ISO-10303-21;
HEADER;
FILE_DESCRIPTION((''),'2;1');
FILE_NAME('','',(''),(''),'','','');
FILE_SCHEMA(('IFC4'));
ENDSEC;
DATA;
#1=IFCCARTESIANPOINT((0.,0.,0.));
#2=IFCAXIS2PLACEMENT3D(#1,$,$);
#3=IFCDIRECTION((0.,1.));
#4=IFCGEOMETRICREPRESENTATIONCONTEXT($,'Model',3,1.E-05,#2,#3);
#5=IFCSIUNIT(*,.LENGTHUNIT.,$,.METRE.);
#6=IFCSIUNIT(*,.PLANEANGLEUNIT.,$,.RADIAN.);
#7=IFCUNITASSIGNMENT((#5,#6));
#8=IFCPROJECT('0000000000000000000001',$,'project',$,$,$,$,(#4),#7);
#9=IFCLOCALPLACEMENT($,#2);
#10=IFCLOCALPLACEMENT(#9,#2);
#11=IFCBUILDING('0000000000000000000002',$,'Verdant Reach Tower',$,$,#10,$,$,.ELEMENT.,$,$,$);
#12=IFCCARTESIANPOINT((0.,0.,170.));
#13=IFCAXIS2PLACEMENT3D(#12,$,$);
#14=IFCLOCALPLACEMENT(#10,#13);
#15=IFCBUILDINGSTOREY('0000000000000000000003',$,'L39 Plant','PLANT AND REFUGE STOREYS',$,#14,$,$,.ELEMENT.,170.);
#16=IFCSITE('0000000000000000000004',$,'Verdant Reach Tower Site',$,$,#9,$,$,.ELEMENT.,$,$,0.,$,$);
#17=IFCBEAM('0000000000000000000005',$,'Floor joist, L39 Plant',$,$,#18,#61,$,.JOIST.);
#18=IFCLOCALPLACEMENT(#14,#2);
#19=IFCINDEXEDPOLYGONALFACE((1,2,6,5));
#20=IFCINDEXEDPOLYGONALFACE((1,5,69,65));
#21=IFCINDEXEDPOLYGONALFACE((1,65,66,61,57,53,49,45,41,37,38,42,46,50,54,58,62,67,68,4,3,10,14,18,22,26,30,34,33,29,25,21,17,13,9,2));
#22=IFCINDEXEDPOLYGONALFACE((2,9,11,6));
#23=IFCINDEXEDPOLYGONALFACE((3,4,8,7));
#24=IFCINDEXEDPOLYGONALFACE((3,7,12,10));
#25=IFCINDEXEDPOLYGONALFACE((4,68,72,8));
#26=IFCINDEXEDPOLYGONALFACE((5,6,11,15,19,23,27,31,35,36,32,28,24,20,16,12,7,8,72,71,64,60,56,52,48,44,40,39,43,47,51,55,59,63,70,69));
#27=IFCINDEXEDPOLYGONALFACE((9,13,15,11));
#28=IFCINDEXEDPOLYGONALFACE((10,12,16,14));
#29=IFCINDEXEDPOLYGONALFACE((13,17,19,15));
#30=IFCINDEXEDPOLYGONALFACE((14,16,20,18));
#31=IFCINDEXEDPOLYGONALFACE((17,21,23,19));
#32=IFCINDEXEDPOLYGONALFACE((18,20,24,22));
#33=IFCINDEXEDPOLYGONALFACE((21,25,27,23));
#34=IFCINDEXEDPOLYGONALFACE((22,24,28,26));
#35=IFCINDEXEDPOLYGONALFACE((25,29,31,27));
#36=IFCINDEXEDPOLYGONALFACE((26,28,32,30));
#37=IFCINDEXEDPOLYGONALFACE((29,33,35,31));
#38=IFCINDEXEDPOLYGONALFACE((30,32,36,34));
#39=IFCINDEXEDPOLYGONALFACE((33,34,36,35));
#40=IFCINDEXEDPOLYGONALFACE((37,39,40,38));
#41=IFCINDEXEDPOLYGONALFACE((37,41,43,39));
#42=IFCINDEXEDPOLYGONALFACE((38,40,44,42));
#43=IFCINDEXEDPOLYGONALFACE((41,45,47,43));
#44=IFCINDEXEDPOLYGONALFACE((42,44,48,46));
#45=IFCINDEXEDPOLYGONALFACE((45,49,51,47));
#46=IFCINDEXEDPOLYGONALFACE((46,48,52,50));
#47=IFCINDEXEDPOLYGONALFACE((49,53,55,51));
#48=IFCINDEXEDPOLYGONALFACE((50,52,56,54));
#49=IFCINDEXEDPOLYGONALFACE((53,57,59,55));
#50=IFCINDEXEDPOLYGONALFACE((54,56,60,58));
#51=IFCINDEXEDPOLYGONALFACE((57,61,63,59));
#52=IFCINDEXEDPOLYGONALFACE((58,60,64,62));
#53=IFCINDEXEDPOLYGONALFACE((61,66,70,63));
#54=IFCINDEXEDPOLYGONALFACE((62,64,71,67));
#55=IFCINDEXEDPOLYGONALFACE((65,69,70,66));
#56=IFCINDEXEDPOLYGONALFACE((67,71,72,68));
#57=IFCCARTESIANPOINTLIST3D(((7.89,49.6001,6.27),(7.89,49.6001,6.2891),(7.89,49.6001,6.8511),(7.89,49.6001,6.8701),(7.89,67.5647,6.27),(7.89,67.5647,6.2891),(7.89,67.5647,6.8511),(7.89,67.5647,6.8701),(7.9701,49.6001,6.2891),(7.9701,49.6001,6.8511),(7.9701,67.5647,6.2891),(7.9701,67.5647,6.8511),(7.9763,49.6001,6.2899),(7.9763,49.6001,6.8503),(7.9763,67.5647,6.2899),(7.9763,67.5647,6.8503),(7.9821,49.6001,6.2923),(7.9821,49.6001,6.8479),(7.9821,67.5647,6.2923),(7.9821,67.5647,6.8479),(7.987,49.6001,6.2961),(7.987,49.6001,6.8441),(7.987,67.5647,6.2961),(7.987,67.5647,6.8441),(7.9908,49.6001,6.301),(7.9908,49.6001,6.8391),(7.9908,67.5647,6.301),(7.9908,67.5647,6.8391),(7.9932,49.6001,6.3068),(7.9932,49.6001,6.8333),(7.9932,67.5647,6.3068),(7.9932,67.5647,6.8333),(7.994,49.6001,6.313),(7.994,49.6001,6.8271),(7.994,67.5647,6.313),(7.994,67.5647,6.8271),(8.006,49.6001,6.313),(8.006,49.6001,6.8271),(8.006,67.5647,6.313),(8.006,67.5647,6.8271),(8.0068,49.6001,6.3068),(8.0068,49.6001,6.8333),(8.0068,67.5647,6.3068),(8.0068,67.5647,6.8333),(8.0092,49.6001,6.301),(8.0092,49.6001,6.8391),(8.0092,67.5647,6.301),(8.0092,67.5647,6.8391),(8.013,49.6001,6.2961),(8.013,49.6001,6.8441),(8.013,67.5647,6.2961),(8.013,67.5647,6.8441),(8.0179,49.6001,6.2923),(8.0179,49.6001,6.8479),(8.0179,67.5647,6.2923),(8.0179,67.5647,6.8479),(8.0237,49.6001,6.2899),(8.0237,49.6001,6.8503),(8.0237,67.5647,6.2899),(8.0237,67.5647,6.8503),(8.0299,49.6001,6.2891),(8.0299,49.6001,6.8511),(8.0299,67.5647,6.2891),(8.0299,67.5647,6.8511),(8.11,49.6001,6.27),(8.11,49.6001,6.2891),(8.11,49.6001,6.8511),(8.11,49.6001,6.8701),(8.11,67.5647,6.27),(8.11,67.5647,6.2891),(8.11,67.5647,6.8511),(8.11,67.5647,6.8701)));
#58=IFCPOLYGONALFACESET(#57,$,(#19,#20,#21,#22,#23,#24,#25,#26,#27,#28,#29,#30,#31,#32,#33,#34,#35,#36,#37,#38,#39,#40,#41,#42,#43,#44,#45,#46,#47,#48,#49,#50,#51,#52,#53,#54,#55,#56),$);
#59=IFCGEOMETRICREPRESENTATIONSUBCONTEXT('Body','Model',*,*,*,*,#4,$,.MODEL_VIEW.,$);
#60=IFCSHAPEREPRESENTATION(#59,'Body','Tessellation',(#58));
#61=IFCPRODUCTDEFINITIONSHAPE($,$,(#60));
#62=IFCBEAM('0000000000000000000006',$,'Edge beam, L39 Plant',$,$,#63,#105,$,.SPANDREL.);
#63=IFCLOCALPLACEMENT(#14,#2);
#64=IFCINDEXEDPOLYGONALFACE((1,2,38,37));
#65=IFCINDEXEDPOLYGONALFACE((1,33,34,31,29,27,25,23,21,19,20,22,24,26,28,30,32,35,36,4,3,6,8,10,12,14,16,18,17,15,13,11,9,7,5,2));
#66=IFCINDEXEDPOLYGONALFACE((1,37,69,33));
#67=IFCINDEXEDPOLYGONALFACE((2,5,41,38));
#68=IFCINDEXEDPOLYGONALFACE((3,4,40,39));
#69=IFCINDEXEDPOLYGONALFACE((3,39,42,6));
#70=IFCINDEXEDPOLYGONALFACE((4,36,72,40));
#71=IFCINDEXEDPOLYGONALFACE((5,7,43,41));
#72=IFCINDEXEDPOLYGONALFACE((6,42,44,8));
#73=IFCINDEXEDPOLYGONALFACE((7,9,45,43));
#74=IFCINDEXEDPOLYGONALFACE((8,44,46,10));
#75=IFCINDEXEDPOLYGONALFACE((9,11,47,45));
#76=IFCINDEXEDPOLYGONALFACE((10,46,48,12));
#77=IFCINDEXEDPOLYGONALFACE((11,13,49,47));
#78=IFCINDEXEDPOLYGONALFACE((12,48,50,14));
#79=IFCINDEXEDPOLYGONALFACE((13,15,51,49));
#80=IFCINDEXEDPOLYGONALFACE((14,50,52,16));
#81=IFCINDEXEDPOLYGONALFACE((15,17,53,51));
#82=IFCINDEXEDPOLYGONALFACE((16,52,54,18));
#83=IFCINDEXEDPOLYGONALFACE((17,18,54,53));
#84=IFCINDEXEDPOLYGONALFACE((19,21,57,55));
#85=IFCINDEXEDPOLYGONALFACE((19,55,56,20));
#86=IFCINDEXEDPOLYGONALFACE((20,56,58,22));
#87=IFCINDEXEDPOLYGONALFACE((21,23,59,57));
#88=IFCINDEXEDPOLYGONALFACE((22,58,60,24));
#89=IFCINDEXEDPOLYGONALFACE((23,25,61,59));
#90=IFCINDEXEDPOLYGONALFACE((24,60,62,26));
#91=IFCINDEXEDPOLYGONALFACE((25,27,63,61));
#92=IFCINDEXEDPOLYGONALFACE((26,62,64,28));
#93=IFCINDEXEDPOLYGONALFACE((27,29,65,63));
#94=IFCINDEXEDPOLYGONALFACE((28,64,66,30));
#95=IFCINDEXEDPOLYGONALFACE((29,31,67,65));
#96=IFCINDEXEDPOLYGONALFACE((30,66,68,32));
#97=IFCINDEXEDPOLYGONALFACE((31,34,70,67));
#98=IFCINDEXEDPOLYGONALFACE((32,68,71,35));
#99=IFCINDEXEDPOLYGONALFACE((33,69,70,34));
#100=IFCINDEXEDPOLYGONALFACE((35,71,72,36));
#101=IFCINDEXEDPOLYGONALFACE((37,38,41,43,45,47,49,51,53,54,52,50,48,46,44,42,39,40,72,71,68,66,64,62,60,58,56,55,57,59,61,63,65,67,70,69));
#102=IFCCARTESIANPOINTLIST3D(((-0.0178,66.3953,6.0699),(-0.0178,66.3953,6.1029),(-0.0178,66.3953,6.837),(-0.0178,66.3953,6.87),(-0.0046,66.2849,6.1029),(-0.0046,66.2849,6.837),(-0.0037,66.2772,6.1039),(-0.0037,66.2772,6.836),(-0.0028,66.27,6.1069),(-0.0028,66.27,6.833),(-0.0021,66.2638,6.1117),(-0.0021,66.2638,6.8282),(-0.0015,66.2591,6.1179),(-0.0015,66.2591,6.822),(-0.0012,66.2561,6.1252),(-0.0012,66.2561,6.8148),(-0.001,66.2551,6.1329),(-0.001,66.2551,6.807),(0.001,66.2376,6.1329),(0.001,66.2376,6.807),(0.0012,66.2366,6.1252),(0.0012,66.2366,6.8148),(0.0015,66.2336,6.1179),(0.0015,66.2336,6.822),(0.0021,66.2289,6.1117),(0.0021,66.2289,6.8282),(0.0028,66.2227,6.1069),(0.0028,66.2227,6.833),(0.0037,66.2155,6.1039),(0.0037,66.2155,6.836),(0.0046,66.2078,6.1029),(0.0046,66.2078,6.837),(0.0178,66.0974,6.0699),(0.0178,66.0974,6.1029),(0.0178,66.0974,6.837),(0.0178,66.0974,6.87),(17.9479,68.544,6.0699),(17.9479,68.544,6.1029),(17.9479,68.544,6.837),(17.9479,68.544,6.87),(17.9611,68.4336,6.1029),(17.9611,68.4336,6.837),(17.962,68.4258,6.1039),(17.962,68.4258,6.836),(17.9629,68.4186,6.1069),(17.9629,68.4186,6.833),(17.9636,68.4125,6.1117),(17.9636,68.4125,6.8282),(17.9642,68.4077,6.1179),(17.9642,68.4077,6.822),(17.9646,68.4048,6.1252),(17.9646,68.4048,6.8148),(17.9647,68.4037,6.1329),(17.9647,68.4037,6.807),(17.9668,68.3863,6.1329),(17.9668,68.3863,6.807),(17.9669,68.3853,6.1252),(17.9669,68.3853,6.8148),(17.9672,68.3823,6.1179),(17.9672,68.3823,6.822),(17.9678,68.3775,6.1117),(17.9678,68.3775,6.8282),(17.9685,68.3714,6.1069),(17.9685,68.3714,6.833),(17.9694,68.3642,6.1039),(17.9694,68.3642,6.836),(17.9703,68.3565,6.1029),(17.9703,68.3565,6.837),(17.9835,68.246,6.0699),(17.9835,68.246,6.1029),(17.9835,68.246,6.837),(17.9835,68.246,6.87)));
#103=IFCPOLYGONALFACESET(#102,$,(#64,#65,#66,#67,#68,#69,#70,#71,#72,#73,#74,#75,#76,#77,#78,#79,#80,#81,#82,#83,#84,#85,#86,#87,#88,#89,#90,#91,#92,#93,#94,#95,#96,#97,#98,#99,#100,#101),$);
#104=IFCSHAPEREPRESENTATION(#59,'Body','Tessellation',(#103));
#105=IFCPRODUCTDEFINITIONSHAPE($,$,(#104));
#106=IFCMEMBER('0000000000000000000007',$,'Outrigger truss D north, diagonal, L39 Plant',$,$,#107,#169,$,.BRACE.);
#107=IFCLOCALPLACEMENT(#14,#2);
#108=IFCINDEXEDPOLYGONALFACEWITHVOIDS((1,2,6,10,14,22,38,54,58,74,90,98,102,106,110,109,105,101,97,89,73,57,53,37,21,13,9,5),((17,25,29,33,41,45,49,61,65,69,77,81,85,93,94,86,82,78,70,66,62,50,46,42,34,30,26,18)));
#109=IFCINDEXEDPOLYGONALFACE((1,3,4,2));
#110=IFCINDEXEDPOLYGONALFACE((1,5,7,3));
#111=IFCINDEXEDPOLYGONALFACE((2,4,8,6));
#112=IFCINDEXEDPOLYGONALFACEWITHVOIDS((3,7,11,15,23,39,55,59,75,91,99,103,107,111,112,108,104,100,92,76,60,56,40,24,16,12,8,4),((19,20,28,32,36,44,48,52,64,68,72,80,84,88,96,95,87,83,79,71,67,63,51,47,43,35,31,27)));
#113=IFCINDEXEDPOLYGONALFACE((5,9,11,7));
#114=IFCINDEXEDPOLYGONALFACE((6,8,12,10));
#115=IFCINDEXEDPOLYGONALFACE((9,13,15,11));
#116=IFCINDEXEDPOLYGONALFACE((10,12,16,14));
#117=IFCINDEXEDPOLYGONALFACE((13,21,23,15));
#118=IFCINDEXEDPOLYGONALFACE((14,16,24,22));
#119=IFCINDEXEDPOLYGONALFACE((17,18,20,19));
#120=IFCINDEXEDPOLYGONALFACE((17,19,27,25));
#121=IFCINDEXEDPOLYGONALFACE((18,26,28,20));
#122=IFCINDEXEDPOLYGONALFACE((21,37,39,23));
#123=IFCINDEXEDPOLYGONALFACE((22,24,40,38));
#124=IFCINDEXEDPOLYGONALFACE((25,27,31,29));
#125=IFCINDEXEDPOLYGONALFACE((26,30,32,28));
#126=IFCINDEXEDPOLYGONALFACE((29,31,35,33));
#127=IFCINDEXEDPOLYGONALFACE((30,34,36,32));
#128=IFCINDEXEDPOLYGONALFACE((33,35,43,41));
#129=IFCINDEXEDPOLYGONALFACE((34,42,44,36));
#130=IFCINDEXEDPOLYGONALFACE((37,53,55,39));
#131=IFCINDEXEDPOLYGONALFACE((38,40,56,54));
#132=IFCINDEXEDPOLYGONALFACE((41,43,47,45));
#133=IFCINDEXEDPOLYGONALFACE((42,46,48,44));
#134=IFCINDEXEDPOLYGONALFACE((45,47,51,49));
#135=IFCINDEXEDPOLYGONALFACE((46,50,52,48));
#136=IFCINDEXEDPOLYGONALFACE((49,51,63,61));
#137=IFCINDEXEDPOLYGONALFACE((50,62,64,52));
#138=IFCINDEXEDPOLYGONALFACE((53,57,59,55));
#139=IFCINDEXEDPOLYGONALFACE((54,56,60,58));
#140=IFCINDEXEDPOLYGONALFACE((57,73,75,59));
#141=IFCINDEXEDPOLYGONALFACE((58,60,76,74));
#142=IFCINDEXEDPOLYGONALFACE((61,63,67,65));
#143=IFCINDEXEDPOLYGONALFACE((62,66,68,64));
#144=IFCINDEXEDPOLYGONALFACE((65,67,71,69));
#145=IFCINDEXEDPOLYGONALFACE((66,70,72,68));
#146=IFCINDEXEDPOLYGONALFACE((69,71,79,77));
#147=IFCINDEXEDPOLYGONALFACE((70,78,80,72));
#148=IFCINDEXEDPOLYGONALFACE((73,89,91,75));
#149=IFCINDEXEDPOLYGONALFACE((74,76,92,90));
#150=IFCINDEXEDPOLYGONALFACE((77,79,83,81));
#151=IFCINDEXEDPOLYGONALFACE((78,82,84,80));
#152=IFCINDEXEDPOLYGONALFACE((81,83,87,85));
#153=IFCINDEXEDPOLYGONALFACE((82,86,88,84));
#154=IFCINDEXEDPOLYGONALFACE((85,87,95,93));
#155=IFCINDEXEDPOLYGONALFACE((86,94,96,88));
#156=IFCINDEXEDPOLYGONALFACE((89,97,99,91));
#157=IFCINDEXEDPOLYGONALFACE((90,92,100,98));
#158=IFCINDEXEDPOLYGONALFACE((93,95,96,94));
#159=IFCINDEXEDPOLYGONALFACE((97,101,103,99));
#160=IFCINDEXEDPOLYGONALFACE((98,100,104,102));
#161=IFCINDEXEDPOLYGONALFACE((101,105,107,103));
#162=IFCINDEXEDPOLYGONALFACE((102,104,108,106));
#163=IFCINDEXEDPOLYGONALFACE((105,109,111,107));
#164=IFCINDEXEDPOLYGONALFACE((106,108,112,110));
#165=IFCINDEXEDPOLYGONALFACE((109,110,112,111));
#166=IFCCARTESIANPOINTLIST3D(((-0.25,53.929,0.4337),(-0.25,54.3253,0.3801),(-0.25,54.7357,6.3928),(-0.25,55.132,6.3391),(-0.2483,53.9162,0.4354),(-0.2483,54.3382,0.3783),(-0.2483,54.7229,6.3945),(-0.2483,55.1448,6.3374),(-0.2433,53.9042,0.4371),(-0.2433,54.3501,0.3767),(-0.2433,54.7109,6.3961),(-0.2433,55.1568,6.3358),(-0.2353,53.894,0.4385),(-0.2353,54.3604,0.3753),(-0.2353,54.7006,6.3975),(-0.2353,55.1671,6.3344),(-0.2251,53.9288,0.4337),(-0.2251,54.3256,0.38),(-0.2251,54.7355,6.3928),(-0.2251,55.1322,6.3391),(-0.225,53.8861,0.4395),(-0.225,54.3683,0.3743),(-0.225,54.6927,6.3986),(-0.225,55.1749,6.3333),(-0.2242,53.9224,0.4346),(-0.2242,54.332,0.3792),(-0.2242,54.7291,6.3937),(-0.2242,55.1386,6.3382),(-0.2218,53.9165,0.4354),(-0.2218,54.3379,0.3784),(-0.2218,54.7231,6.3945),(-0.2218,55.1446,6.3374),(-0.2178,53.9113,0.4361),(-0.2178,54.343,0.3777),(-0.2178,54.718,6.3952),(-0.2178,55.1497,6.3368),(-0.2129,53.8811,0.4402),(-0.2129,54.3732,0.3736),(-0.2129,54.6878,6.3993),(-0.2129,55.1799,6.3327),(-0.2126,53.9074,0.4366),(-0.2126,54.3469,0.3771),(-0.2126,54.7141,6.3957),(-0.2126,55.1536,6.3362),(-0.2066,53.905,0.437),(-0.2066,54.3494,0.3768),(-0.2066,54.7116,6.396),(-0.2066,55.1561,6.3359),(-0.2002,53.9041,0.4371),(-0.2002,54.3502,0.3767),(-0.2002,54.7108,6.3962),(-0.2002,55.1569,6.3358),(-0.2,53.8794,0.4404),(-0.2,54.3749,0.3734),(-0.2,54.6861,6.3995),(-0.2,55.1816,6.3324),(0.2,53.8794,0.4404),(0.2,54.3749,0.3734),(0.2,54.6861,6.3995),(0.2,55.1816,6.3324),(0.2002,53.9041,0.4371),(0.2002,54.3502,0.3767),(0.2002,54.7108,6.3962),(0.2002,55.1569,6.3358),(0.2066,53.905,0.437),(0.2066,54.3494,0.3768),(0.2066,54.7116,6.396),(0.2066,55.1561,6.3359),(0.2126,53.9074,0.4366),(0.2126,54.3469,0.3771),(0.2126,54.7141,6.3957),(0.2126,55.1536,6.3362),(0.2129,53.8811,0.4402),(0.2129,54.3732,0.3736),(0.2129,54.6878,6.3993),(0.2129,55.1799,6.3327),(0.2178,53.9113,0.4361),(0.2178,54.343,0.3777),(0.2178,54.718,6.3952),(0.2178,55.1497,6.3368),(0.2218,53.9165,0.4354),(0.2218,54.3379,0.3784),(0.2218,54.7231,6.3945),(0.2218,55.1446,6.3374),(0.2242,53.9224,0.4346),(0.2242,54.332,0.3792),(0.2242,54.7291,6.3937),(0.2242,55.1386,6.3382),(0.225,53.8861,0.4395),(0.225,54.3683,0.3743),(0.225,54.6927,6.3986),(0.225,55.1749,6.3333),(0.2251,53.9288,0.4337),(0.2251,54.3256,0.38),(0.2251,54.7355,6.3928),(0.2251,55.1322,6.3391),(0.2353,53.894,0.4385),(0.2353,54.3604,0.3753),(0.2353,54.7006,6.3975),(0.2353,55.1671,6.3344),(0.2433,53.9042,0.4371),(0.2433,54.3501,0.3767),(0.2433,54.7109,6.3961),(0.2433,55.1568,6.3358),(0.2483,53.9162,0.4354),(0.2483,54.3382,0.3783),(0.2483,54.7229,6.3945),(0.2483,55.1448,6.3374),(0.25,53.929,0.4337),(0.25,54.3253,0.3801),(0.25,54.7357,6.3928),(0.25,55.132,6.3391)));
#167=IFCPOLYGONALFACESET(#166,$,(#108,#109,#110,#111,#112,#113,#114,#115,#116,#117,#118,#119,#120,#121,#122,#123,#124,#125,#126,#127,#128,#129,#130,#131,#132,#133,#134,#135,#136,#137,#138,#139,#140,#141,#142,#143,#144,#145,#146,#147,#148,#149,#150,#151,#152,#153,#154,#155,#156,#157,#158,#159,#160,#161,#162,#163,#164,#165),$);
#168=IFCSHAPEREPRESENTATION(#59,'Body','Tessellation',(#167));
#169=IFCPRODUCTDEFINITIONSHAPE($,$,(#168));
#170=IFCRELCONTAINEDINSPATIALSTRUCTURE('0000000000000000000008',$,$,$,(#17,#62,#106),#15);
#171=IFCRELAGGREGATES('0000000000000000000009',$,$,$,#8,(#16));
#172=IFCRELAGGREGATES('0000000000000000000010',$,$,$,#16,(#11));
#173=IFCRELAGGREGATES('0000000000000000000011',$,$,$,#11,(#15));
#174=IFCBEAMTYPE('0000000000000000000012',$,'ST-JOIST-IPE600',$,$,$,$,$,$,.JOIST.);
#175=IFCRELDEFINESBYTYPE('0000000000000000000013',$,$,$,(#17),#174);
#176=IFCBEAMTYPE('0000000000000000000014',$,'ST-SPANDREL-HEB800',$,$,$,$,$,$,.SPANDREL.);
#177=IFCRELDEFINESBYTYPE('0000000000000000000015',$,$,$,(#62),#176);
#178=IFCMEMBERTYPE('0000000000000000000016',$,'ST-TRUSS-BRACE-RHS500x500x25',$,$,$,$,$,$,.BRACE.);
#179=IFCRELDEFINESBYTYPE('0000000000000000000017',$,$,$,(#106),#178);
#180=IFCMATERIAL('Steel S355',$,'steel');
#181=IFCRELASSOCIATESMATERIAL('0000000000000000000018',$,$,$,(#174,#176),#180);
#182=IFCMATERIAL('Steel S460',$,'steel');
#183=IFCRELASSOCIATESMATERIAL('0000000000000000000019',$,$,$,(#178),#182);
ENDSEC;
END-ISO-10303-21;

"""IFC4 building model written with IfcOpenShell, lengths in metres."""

from ifc_helpers import new_model, si_unit, direction, frame, origin, origin_2d, place, context, subcontext, project, spatial, hollow_rectangle, i_section, extrude, material, material_profile, profile_set, type_object, element, save


model = new_model("IFC4")

# Units and contexts
model_context = context("Model", 3, precision=1e-05, world=origin(), true_north=direction((0.0, 1.0)))
body_context = subcontext(model_context, "Body", "Model", "MODEL_VIEW")
ifc_project = project(units=[si_unit("LENGTHUNIT", "METRE"), si_unit("PLANEANGLEUNIT", "RADIAN")], contexts=[model_context])

# Site, building, storey
site_placement = place(None, origin())
site = spatial("IfcSite", under=ifc_project, at=site_placement, Name="Verdant Reach Tower Site", CompositionType="ELEMENT", RefElevation=0.0)
building_placement = place(site_placement, origin())
building = spatial("IfcBuilding", under=site, at=building_placement, Name="Verdant Reach Tower", CompositionType="ELEMENT")
storey_placement = place(building_placement, frame((0.0, 0.0, 170.0)))
storey = spatial("IfcBuildingStorey", under=building, at=storey_placement, Name="L39 Plant", Description="PLANT AND REFUGE STOREYS", CompositionType="ELEMENT", Elevation=170.0)

# Shared definitions
ifc_material_1 = material(Name="Steel S460", Category="steel")

# Beams
ifc_material_2 = material(Name="Steel S355", Category="steel")
ifc_material_profile_1 = material_profile(ifc_material_2, i_section(OverallWidth=0.22, OverallDepth=0.6001, WebThickness=0.012, FlangeThickness=0.019, FilletRadius=0.0239, at=origin_2d()), Name="IPE 600")
ifc_profile_set_1 = profile_set([ifc_material_profile_1], Name="Steel S355")
beam_type_1 = type_object("IfcBeamType", Name="ST-JOIST-IPE600", PredefinedType="JOIST", material=ifc_profile_set_1)
beam_1_placement = place(storey_placement, frame((8.0, 49.6001, 6.5701), z_axis=(0.0, 1.0, 0.0), x_axis=(-1.0, 0.0, 0.0)))
element("IfcBeam", 1, at=beam_1_placement, inside=storey, type_object=beam_type_1, Name="Floor joist, L39 Plant", PredefinedType="JOIST", context=body_context, shape_type="SweptSolid", body=[
    extrude(i_section(OverallWidth=0.22, OverallDepth=0.6001, WebThickness=0.012, FlangeThickness=0.019, FilletRadius=0.0239, at=origin_2d()), origin(), (0.0, 0.0, 1.0), 17.9646),
])
ifc_material_profile_2 = material_profile(ifc_material_2, i_section(OverallWidth=0.3, OverallDepth=0.8, WebThickness=0.0176, FlangeThickness=0.033, FilletRadius=0.03, at=origin_2d()), Name="HEB 800")
ifc_profile_set_2 = profile_set([ifc_material_profile_2], Name="Steel S355")
beam_type_2 = type_object("IfcBeamType", Name="ST-SPANDREL-HEB800", PredefinedType="SPANDREL", material=ifc_profile_set_2)
beam_2_placement = place(storey_placement, frame((0.0, 66.2463, 6.47), z_axis=(0.992924, 0.118752, 0.0), x_axis=(-0.118752, 0.992924, 0.0)))
element("IfcBeam", 2, at=beam_2_placement, inside=storey, type_object=beam_type_2, Name="Edge beam, L39 Plant", PredefinedType="SPANDREL", context=body_context, shape_type="SweptSolid", body=[
    extrude(i_section(OverallWidth=0.3, OverallDepth=0.8, WebThickness=0.0176, FlangeThickness=0.033, FilletRadius=0.03, at=origin_2d()), origin(), (0.0, 0.0, 1.0), 18.0938),
])

# Member
ifc_material_profile_3 = material_profile(ifc_material_1, hollow_rectangle(XDim=0.5, YDim=0.5, WallThickness=0.0249, InnerFilletRadius=0.0249, OuterFilletRadius=0.05, at=origin_2d()), Name="RHS 500x500x25")
ifc_profile_set_3 = profile_set([ifc_material_profile_3], Name="Steel S460")
member_type_1 = type_object("IfcMemberType", Name="ST-TRUSS-BRACE-RHS500x500x25", PredefinedType="BRACE", material=ifc_profile_set_3)
member_1_placement = place(storey_placement, frame((0.0, 54.9338, 6.366), z_axis=(0.0, -0.134142, -0.990962), x_axis=(1.0, 0.0, 0.0)))
element("IfcMember", 3, at=member_1_placement, inside=storey, type_object=member_type_1, Name="Outrigger truss D north, diagonal, L39 Plant", PredefinedType="BRACE", context=body_context, shape_type="SweptSolid", body=[
    extrude(hollow_rectangle(XDim=0.5, YDim=0.5, WallThickness=0.0249, InnerFilletRadius=0.0249, OuterFilletRadius=0.05, at=origin_2d()), origin(), (0.0, 0.0, 1.0), 6.0134),
])

save(model, "model.ifc")
